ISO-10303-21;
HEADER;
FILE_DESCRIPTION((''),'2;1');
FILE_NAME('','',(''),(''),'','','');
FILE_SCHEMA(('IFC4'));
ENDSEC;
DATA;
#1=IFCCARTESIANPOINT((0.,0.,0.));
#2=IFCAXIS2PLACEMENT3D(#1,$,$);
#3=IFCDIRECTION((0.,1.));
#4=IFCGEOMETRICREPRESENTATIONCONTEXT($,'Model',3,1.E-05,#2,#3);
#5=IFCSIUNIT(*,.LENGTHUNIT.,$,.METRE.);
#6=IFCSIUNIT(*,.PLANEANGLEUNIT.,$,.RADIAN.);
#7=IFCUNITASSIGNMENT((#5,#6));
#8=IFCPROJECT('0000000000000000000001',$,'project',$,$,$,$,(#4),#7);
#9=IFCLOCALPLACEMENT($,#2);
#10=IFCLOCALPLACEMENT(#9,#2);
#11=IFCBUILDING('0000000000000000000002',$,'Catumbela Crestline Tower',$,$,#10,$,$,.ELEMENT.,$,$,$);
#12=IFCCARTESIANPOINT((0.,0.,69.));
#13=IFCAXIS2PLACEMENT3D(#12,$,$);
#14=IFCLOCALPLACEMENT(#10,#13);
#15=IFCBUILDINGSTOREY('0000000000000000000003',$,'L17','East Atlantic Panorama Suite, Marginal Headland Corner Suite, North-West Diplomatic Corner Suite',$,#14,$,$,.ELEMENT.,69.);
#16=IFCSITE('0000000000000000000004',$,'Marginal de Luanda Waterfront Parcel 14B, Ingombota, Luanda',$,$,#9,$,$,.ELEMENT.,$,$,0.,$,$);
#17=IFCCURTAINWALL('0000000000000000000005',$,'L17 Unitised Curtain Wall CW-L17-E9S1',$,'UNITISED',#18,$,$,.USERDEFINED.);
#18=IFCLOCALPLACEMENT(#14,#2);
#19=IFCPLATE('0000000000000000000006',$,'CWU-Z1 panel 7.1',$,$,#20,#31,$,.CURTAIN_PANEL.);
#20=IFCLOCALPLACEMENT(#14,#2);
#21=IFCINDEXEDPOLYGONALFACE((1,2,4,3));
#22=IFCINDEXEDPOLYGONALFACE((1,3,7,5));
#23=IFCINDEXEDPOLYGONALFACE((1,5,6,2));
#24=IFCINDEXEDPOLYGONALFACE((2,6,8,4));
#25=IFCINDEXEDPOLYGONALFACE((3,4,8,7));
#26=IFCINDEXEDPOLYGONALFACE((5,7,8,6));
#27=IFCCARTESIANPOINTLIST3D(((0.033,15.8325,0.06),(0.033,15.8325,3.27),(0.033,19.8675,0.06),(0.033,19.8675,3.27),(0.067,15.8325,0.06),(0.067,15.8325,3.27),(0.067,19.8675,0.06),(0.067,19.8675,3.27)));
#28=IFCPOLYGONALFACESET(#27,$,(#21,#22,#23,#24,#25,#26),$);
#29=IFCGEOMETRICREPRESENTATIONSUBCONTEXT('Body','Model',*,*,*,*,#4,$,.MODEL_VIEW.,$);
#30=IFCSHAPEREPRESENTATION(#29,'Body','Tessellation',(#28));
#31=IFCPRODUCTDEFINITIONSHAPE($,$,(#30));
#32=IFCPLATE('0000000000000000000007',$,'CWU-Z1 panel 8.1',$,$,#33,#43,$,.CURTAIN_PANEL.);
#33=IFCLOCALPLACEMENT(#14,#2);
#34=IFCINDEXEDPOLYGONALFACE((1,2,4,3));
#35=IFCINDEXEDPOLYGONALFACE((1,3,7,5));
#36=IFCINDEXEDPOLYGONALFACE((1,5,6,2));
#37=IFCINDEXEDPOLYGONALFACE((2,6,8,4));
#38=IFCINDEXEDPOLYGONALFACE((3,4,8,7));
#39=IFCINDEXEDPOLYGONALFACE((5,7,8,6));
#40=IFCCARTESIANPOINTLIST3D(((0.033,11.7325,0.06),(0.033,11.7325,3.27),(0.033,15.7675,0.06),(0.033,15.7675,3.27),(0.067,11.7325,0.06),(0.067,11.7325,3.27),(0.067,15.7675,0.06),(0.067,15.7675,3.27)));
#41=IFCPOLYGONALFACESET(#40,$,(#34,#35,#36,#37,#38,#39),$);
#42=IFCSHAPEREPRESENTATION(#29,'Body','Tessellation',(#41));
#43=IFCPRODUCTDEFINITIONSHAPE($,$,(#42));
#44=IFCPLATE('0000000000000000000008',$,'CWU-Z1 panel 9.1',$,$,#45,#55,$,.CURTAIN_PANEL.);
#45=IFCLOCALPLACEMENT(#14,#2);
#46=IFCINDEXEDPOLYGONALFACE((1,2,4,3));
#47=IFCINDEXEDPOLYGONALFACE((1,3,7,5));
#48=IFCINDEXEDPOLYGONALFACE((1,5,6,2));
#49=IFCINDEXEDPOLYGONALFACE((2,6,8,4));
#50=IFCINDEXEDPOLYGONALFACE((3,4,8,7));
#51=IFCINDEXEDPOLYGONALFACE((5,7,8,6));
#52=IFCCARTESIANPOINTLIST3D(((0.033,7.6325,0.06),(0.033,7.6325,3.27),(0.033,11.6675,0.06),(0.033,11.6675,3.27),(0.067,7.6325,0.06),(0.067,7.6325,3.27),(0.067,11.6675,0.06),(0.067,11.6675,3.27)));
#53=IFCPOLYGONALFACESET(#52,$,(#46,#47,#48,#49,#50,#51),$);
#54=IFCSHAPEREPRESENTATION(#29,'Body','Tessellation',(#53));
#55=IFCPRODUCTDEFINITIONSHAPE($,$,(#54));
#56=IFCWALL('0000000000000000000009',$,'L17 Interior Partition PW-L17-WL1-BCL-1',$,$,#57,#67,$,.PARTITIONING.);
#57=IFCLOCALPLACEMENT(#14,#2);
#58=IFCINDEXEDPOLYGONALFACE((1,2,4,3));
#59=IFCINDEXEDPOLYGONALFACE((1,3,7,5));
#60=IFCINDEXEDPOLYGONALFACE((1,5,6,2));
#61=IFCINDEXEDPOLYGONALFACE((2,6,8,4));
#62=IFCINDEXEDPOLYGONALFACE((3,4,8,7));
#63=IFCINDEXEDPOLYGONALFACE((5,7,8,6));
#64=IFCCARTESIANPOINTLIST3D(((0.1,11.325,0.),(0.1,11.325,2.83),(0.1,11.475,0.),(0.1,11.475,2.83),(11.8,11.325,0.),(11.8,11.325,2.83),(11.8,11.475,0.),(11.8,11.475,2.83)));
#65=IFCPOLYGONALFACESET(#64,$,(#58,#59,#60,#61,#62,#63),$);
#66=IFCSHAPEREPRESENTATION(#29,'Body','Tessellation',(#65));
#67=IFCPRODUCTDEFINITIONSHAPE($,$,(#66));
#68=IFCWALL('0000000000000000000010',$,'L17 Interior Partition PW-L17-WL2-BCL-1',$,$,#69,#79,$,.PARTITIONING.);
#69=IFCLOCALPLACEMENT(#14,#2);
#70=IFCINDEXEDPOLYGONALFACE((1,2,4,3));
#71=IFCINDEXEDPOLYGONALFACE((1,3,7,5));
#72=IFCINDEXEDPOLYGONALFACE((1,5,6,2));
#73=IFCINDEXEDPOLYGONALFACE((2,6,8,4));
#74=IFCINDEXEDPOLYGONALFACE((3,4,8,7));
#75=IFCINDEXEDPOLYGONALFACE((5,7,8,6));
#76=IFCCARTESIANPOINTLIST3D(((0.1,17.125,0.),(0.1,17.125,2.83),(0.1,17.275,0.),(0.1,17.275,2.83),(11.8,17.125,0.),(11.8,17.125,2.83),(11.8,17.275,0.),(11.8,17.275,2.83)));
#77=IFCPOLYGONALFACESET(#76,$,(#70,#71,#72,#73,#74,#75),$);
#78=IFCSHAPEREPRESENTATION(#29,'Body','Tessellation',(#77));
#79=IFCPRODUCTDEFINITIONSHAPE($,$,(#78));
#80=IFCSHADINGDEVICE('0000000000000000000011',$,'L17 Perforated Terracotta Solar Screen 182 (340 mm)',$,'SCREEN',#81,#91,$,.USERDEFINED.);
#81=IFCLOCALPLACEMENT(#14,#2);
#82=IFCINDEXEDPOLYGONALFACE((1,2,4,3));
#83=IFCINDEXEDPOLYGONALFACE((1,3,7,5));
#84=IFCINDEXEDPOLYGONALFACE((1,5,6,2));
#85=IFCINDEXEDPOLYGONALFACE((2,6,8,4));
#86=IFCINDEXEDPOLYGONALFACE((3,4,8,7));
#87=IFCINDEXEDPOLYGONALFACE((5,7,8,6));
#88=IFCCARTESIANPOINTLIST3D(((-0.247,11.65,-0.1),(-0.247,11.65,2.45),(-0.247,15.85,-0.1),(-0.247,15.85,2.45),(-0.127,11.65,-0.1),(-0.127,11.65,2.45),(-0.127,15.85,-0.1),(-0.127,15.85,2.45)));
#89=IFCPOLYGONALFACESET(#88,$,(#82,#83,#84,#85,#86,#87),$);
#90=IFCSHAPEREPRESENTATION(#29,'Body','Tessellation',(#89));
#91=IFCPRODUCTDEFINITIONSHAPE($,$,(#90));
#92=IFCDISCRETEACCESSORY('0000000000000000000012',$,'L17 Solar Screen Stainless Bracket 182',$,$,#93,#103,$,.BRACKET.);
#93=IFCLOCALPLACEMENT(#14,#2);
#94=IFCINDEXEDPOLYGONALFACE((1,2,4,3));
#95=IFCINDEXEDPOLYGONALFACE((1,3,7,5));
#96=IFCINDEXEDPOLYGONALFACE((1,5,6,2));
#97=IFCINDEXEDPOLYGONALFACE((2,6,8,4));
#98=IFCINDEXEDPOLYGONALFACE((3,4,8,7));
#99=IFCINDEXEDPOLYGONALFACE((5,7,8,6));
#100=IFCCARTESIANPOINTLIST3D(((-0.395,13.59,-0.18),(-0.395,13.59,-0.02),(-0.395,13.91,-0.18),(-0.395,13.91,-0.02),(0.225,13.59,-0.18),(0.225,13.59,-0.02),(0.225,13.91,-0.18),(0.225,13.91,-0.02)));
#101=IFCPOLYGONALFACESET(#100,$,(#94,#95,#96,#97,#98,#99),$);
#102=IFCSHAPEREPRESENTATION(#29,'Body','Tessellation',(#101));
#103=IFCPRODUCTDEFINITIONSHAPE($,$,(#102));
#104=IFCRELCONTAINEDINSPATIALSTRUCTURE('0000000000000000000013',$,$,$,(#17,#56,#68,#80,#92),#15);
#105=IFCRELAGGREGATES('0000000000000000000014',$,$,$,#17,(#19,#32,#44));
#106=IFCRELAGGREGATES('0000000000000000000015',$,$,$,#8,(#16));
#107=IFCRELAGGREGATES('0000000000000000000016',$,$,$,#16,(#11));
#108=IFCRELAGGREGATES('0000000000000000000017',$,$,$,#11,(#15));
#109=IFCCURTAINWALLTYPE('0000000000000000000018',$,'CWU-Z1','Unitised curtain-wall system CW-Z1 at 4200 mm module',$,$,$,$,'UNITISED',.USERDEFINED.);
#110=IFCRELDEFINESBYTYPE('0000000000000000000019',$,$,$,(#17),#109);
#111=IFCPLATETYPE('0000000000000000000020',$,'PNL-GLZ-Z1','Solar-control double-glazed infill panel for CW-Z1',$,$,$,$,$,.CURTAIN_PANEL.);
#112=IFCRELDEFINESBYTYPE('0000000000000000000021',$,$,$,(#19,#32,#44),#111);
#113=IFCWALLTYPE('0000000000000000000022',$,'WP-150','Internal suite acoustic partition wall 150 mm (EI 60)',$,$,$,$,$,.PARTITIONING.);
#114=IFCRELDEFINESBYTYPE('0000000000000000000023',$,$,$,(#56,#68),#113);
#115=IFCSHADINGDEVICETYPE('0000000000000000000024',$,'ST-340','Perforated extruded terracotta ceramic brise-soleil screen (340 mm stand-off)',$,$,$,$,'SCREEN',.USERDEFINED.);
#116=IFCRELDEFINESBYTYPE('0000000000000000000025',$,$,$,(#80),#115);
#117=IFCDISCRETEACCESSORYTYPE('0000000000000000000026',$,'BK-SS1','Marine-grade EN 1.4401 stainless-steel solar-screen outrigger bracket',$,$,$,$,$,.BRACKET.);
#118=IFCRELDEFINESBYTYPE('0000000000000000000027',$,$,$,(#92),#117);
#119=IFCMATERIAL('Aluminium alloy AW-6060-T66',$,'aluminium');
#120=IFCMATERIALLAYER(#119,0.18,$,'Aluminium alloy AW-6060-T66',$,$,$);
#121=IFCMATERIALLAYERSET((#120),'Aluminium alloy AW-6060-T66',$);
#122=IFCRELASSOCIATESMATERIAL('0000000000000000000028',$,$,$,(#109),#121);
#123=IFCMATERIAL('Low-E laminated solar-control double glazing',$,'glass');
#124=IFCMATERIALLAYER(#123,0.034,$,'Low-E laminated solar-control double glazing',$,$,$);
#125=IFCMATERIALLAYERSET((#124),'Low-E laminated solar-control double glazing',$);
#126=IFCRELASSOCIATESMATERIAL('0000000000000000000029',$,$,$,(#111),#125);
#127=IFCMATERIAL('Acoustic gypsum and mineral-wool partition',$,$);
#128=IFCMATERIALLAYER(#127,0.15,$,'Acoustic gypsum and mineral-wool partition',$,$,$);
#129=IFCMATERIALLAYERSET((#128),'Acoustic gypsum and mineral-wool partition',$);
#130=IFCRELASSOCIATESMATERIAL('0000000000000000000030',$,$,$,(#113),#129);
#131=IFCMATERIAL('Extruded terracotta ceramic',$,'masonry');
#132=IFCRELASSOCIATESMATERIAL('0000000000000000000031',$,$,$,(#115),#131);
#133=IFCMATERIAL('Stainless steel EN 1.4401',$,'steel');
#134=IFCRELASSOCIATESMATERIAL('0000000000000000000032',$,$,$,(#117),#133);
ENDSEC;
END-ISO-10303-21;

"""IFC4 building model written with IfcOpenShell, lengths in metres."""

from ifc_helpers import new_model, si_unit, direction, frame, frame_2d, origin, origin_2d, place, context, subcontext, project, spatial, rectangle, extrude, material, layer, layer_set, type_object, element, aggregate, save


model = new_model("IFC4")

# Units and contexts
model_context = context("Model", 3, precision=1e-05, world=origin(), true_north=direction((0.0, 1.0)))
body_context = subcontext(model_context, "Body", "Model", "MODEL_VIEW")
ifc_project = project(units=[si_unit("LENGTHUNIT", "METRE"), si_unit("PLANEANGLEUNIT", "RADIAN")], contexts=[model_context])

# Site, building, storey
site_placement = place(None, origin())
site = spatial("IfcSite", under=ifc_project, at=site_placement, Name="Marginal de Luanda Waterfront Parcel 14B, Ingombota, Luanda", CompositionType="ELEMENT", RefElevation=0.0)
building_placement = place(site_placement, origin())
building = spatial("IfcBuilding", under=site, at=building_placement, Name="Catumbela Crestline Tower", CompositionType="ELEMENT")
storey_placement = place(building_placement, frame((0.0, 0.0, 69.0)))
storey = spatial("IfcBuildingStorey", under=building, at=storey_placement, Name="L17", Description="East Atlantic Panorama Suite, Marginal Headland Corner Suite, North-West Diplomatic Corner Suite", CompositionType="ELEMENT", Elevation=69.0)

# Curtain wall
ifc_material_1 = material(Name="Aluminium alloy AW-6060-T66", Category="aluminium")
ifc_layer_1 = layer(ifc_material_1, 0.18, Name="Aluminium alloy AW-6060-T66")
ifc_layer_set_1 = layer_set([ifc_layer_1], Name="Aluminium alloy AW-6060-T66")
curtain_wall_type = type_object("IfcCurtainWallType", Name="CWU-Z1", Description="Unitised curtain-wall system CW-Z1 at 4200 mm module", ElementType="UNITISED", PredefinedType="USERDEFINED", material=ifc_layer_set_1)
curtain_wall_placement = place(storey_placement, origin())
curtain_wall = element("IfcCurtainWall", 1, at=curtain_wall_placement, inside=storey, type_object=curtain_wall_type, Name="L17 Unitised Curtain Wall CW-L17-E9S1", ObjectType="UNITISED", PredefinedType="USERDEFINED")

# Plates
ifc_material_2 = material(Name="Low-E laminated solar-control double glazing", Category="glass")
ifc_layer_2 = layer(ifc_material_2, 0.034, Name="Low-E laminated solar-control double glazing")
ifc_layer_set_2 = layer_set([ifc_layer_2], Name="Low-E laminated solar-control double glazing")
plate_type = type_object("IfcPlateType", Name="PNL-GLZ-Z1", Description="Solar-control double-glazed infill panel for CW-Z1", PredefinedType="CURTAIN_PANEL", material=ifc_layer_set_2)
plate_1_placement = place(storey_placement, frame((0.05, 17.85, 0.06), z_axis=(0.0, 0.0, 1.0), x_axis=(0.0, -1.0, 0.0)))
plate_1 = element("IfcPlate", 2, at=plate_1_placement, type_object=plate_type, Name="CWU-Z1 panel 7.1", PredefinedType="CURTAIN_PANEL", context=body_context, shape_type="SweptSolid", body=[
    extrude(rectangle(XDim=4.035, YDim=0.034, at=origin_2d()), origin(), (0.0, 0.0, 1.0), 3.21),
])
plate_2_placement = place(storey_placement, frame((0.05, 13.75, 0.06), z_axis=(0.0, 0.0, 1.0), x_axis=(0.0, -1.0, 0.0)))
plate_2 = element("IfcPlate", 3, at=plate_2_placement, type_object=plate_type, Name="CWU-Z1 panel 8.1", PredefinedType="CURTAIN_PANEL", context=body_context, shape_type="SweptSolid", body=[
    extrude(rectangle(XDim=4.035, YDim=0.034, at=origin_2d()), origin(), (0.0, 0.0, 1.0), 3.21),
])
plate_3_placement = place(storey_placement, frame((0.05, 9.65, 0.06), z_axis=(0.0, 0.0, 1.0), x_axis=(0.0, -1.0, 0.0)))
plate_3 = element("IfcPlate", 4, at=plate_3_placement, type_object=plate_type, Name="CWU-Z1 panel 9.1", PredefinedType="CURTAIN_PANEL", context=body_context, shape_type="SweptSolid", body=[
    extrude(rectangle(XDim=4.035, YDim=0.034, at=origin_2d()), origin(), (0.0, 0.0, 1.0), 3.21),
])
aggregate(curtain_wall, [plate_1, plate_2, plate_3])

# Walls
ifc_material_3 = material(Name="Acoustic gypsum and mineral-wool partition")
ifc_layer_3 = layer(ifc_material_3, 0.15, Name="Acoustic gypsum and mineral-wool partition")
ifc_layer_set_3 = layer_set([ifc_layer_3], Name="Acoustic gypsum and mineral-wool partition")
wall_type = type_object("IfcWallType", Name="WP-150", Description="Internal suite acoustic partition wall 150 mm (EI 60)", PredefinedType="PARTITIONING", material=ifc_layer_set_3)
for number, where, z_axis, x_axis, name in (
    (5, (0.1, 11.4, 0.0), (0.0, 0.0, 1.0), (1.0, 0.0, 0.0), "L17 Interior Partition PW-L17-WL1-BCL-1"),
    (6, (0.1, 17.2, 0.0), (0.0, 0.0, 1.0), (1.0, 0.0, 0.0), "L17 Interior Partition PW-L17-WL2-BCL-1"),
):
    element("IfcWall", number, at=place(storey_placement, frame(where, z_axis=z_axis, x_axis=x_axis)), inside=storey, type_object=wall_type, Name=name, PredefinedType="PARTITIONING", context=body_context, shape_type="SweptSolid", body=[
        extrude(rectangle(XDim=11.7, YDim=0.15, at=frame_2d((5.85, 0.0))), origin(), (0.0, 0.0, 1.0), 2.83),
    ])

# Shading device
ifc_material_4 = material(Name="Extruded terracotta ceramic", Category="masonry")
shading_device_type = type_object("IfcShadingDeviceType", Name="ST-340", Description="Perforated extruded terracotta ceramic brise-soleil screen (340 mm stand-off)", ElementType="SCREEN", PredefinedType="USERDEFINED", material=ifc_material_4)
shading_device_placement = place(storey_placement, frame((-0.187, 13.75, -0.1), z_axis=(0.0, 0.0, 1.0), x_axis=(0.0, -1.0, 0.0)))
element("IfcShadingDevice", 7, at=shading_device_placement, inside=storey, type_object=shading_device_type, Name="L17 Perforated Terracotta Solar Screen 182 (340 mm)", ObjectType="SCREEN", PredefinedType="USERDEFINED", context=body_context, shape_type="SweptSolid", body=[
    extrude(rectangle(XDim=4.2, YDim=0.12, at=origin_2d()), origin(), (0.0, 0.0, 1.0), 2.55),
])

# Discrete accessory
ifc_material_5 = material(Name="Stainless steel EN 1.4401", Category="steel")
discrete_accessory_type = type_object("IfcDiscreteAccessoryType", Name="BK-SS1", Description="Marine-grade EN 1.4401 stainless-steel solar-screen outrigger bracket", PredefinedType="BRACKET", material=ifc_material_5)
discrete_accessory_placement = place(storey_placement, frame((-0.085, 13.75, -0.18), z_axis=(0.0, 0.0, 1.0), x_axis=(0.0, -1.0, 0.0)))
element("IfcDiscreteAccessory", 8, at=discrete_accessory_placement, inside=storey, type_object=discrete_accessory_type, Name="L17 Solar Screen Stainless Bracket 182", PredefinedType="BRACKET", context=body_context, shape_type="SweptSolid", body=[
    extrude(rectangle(XDim=0.32, YDim=0.62, at=origin_2d()), origin(), (0.0, 0.0, 1.0), 0.16),
])

save(model, "model.ifc")
